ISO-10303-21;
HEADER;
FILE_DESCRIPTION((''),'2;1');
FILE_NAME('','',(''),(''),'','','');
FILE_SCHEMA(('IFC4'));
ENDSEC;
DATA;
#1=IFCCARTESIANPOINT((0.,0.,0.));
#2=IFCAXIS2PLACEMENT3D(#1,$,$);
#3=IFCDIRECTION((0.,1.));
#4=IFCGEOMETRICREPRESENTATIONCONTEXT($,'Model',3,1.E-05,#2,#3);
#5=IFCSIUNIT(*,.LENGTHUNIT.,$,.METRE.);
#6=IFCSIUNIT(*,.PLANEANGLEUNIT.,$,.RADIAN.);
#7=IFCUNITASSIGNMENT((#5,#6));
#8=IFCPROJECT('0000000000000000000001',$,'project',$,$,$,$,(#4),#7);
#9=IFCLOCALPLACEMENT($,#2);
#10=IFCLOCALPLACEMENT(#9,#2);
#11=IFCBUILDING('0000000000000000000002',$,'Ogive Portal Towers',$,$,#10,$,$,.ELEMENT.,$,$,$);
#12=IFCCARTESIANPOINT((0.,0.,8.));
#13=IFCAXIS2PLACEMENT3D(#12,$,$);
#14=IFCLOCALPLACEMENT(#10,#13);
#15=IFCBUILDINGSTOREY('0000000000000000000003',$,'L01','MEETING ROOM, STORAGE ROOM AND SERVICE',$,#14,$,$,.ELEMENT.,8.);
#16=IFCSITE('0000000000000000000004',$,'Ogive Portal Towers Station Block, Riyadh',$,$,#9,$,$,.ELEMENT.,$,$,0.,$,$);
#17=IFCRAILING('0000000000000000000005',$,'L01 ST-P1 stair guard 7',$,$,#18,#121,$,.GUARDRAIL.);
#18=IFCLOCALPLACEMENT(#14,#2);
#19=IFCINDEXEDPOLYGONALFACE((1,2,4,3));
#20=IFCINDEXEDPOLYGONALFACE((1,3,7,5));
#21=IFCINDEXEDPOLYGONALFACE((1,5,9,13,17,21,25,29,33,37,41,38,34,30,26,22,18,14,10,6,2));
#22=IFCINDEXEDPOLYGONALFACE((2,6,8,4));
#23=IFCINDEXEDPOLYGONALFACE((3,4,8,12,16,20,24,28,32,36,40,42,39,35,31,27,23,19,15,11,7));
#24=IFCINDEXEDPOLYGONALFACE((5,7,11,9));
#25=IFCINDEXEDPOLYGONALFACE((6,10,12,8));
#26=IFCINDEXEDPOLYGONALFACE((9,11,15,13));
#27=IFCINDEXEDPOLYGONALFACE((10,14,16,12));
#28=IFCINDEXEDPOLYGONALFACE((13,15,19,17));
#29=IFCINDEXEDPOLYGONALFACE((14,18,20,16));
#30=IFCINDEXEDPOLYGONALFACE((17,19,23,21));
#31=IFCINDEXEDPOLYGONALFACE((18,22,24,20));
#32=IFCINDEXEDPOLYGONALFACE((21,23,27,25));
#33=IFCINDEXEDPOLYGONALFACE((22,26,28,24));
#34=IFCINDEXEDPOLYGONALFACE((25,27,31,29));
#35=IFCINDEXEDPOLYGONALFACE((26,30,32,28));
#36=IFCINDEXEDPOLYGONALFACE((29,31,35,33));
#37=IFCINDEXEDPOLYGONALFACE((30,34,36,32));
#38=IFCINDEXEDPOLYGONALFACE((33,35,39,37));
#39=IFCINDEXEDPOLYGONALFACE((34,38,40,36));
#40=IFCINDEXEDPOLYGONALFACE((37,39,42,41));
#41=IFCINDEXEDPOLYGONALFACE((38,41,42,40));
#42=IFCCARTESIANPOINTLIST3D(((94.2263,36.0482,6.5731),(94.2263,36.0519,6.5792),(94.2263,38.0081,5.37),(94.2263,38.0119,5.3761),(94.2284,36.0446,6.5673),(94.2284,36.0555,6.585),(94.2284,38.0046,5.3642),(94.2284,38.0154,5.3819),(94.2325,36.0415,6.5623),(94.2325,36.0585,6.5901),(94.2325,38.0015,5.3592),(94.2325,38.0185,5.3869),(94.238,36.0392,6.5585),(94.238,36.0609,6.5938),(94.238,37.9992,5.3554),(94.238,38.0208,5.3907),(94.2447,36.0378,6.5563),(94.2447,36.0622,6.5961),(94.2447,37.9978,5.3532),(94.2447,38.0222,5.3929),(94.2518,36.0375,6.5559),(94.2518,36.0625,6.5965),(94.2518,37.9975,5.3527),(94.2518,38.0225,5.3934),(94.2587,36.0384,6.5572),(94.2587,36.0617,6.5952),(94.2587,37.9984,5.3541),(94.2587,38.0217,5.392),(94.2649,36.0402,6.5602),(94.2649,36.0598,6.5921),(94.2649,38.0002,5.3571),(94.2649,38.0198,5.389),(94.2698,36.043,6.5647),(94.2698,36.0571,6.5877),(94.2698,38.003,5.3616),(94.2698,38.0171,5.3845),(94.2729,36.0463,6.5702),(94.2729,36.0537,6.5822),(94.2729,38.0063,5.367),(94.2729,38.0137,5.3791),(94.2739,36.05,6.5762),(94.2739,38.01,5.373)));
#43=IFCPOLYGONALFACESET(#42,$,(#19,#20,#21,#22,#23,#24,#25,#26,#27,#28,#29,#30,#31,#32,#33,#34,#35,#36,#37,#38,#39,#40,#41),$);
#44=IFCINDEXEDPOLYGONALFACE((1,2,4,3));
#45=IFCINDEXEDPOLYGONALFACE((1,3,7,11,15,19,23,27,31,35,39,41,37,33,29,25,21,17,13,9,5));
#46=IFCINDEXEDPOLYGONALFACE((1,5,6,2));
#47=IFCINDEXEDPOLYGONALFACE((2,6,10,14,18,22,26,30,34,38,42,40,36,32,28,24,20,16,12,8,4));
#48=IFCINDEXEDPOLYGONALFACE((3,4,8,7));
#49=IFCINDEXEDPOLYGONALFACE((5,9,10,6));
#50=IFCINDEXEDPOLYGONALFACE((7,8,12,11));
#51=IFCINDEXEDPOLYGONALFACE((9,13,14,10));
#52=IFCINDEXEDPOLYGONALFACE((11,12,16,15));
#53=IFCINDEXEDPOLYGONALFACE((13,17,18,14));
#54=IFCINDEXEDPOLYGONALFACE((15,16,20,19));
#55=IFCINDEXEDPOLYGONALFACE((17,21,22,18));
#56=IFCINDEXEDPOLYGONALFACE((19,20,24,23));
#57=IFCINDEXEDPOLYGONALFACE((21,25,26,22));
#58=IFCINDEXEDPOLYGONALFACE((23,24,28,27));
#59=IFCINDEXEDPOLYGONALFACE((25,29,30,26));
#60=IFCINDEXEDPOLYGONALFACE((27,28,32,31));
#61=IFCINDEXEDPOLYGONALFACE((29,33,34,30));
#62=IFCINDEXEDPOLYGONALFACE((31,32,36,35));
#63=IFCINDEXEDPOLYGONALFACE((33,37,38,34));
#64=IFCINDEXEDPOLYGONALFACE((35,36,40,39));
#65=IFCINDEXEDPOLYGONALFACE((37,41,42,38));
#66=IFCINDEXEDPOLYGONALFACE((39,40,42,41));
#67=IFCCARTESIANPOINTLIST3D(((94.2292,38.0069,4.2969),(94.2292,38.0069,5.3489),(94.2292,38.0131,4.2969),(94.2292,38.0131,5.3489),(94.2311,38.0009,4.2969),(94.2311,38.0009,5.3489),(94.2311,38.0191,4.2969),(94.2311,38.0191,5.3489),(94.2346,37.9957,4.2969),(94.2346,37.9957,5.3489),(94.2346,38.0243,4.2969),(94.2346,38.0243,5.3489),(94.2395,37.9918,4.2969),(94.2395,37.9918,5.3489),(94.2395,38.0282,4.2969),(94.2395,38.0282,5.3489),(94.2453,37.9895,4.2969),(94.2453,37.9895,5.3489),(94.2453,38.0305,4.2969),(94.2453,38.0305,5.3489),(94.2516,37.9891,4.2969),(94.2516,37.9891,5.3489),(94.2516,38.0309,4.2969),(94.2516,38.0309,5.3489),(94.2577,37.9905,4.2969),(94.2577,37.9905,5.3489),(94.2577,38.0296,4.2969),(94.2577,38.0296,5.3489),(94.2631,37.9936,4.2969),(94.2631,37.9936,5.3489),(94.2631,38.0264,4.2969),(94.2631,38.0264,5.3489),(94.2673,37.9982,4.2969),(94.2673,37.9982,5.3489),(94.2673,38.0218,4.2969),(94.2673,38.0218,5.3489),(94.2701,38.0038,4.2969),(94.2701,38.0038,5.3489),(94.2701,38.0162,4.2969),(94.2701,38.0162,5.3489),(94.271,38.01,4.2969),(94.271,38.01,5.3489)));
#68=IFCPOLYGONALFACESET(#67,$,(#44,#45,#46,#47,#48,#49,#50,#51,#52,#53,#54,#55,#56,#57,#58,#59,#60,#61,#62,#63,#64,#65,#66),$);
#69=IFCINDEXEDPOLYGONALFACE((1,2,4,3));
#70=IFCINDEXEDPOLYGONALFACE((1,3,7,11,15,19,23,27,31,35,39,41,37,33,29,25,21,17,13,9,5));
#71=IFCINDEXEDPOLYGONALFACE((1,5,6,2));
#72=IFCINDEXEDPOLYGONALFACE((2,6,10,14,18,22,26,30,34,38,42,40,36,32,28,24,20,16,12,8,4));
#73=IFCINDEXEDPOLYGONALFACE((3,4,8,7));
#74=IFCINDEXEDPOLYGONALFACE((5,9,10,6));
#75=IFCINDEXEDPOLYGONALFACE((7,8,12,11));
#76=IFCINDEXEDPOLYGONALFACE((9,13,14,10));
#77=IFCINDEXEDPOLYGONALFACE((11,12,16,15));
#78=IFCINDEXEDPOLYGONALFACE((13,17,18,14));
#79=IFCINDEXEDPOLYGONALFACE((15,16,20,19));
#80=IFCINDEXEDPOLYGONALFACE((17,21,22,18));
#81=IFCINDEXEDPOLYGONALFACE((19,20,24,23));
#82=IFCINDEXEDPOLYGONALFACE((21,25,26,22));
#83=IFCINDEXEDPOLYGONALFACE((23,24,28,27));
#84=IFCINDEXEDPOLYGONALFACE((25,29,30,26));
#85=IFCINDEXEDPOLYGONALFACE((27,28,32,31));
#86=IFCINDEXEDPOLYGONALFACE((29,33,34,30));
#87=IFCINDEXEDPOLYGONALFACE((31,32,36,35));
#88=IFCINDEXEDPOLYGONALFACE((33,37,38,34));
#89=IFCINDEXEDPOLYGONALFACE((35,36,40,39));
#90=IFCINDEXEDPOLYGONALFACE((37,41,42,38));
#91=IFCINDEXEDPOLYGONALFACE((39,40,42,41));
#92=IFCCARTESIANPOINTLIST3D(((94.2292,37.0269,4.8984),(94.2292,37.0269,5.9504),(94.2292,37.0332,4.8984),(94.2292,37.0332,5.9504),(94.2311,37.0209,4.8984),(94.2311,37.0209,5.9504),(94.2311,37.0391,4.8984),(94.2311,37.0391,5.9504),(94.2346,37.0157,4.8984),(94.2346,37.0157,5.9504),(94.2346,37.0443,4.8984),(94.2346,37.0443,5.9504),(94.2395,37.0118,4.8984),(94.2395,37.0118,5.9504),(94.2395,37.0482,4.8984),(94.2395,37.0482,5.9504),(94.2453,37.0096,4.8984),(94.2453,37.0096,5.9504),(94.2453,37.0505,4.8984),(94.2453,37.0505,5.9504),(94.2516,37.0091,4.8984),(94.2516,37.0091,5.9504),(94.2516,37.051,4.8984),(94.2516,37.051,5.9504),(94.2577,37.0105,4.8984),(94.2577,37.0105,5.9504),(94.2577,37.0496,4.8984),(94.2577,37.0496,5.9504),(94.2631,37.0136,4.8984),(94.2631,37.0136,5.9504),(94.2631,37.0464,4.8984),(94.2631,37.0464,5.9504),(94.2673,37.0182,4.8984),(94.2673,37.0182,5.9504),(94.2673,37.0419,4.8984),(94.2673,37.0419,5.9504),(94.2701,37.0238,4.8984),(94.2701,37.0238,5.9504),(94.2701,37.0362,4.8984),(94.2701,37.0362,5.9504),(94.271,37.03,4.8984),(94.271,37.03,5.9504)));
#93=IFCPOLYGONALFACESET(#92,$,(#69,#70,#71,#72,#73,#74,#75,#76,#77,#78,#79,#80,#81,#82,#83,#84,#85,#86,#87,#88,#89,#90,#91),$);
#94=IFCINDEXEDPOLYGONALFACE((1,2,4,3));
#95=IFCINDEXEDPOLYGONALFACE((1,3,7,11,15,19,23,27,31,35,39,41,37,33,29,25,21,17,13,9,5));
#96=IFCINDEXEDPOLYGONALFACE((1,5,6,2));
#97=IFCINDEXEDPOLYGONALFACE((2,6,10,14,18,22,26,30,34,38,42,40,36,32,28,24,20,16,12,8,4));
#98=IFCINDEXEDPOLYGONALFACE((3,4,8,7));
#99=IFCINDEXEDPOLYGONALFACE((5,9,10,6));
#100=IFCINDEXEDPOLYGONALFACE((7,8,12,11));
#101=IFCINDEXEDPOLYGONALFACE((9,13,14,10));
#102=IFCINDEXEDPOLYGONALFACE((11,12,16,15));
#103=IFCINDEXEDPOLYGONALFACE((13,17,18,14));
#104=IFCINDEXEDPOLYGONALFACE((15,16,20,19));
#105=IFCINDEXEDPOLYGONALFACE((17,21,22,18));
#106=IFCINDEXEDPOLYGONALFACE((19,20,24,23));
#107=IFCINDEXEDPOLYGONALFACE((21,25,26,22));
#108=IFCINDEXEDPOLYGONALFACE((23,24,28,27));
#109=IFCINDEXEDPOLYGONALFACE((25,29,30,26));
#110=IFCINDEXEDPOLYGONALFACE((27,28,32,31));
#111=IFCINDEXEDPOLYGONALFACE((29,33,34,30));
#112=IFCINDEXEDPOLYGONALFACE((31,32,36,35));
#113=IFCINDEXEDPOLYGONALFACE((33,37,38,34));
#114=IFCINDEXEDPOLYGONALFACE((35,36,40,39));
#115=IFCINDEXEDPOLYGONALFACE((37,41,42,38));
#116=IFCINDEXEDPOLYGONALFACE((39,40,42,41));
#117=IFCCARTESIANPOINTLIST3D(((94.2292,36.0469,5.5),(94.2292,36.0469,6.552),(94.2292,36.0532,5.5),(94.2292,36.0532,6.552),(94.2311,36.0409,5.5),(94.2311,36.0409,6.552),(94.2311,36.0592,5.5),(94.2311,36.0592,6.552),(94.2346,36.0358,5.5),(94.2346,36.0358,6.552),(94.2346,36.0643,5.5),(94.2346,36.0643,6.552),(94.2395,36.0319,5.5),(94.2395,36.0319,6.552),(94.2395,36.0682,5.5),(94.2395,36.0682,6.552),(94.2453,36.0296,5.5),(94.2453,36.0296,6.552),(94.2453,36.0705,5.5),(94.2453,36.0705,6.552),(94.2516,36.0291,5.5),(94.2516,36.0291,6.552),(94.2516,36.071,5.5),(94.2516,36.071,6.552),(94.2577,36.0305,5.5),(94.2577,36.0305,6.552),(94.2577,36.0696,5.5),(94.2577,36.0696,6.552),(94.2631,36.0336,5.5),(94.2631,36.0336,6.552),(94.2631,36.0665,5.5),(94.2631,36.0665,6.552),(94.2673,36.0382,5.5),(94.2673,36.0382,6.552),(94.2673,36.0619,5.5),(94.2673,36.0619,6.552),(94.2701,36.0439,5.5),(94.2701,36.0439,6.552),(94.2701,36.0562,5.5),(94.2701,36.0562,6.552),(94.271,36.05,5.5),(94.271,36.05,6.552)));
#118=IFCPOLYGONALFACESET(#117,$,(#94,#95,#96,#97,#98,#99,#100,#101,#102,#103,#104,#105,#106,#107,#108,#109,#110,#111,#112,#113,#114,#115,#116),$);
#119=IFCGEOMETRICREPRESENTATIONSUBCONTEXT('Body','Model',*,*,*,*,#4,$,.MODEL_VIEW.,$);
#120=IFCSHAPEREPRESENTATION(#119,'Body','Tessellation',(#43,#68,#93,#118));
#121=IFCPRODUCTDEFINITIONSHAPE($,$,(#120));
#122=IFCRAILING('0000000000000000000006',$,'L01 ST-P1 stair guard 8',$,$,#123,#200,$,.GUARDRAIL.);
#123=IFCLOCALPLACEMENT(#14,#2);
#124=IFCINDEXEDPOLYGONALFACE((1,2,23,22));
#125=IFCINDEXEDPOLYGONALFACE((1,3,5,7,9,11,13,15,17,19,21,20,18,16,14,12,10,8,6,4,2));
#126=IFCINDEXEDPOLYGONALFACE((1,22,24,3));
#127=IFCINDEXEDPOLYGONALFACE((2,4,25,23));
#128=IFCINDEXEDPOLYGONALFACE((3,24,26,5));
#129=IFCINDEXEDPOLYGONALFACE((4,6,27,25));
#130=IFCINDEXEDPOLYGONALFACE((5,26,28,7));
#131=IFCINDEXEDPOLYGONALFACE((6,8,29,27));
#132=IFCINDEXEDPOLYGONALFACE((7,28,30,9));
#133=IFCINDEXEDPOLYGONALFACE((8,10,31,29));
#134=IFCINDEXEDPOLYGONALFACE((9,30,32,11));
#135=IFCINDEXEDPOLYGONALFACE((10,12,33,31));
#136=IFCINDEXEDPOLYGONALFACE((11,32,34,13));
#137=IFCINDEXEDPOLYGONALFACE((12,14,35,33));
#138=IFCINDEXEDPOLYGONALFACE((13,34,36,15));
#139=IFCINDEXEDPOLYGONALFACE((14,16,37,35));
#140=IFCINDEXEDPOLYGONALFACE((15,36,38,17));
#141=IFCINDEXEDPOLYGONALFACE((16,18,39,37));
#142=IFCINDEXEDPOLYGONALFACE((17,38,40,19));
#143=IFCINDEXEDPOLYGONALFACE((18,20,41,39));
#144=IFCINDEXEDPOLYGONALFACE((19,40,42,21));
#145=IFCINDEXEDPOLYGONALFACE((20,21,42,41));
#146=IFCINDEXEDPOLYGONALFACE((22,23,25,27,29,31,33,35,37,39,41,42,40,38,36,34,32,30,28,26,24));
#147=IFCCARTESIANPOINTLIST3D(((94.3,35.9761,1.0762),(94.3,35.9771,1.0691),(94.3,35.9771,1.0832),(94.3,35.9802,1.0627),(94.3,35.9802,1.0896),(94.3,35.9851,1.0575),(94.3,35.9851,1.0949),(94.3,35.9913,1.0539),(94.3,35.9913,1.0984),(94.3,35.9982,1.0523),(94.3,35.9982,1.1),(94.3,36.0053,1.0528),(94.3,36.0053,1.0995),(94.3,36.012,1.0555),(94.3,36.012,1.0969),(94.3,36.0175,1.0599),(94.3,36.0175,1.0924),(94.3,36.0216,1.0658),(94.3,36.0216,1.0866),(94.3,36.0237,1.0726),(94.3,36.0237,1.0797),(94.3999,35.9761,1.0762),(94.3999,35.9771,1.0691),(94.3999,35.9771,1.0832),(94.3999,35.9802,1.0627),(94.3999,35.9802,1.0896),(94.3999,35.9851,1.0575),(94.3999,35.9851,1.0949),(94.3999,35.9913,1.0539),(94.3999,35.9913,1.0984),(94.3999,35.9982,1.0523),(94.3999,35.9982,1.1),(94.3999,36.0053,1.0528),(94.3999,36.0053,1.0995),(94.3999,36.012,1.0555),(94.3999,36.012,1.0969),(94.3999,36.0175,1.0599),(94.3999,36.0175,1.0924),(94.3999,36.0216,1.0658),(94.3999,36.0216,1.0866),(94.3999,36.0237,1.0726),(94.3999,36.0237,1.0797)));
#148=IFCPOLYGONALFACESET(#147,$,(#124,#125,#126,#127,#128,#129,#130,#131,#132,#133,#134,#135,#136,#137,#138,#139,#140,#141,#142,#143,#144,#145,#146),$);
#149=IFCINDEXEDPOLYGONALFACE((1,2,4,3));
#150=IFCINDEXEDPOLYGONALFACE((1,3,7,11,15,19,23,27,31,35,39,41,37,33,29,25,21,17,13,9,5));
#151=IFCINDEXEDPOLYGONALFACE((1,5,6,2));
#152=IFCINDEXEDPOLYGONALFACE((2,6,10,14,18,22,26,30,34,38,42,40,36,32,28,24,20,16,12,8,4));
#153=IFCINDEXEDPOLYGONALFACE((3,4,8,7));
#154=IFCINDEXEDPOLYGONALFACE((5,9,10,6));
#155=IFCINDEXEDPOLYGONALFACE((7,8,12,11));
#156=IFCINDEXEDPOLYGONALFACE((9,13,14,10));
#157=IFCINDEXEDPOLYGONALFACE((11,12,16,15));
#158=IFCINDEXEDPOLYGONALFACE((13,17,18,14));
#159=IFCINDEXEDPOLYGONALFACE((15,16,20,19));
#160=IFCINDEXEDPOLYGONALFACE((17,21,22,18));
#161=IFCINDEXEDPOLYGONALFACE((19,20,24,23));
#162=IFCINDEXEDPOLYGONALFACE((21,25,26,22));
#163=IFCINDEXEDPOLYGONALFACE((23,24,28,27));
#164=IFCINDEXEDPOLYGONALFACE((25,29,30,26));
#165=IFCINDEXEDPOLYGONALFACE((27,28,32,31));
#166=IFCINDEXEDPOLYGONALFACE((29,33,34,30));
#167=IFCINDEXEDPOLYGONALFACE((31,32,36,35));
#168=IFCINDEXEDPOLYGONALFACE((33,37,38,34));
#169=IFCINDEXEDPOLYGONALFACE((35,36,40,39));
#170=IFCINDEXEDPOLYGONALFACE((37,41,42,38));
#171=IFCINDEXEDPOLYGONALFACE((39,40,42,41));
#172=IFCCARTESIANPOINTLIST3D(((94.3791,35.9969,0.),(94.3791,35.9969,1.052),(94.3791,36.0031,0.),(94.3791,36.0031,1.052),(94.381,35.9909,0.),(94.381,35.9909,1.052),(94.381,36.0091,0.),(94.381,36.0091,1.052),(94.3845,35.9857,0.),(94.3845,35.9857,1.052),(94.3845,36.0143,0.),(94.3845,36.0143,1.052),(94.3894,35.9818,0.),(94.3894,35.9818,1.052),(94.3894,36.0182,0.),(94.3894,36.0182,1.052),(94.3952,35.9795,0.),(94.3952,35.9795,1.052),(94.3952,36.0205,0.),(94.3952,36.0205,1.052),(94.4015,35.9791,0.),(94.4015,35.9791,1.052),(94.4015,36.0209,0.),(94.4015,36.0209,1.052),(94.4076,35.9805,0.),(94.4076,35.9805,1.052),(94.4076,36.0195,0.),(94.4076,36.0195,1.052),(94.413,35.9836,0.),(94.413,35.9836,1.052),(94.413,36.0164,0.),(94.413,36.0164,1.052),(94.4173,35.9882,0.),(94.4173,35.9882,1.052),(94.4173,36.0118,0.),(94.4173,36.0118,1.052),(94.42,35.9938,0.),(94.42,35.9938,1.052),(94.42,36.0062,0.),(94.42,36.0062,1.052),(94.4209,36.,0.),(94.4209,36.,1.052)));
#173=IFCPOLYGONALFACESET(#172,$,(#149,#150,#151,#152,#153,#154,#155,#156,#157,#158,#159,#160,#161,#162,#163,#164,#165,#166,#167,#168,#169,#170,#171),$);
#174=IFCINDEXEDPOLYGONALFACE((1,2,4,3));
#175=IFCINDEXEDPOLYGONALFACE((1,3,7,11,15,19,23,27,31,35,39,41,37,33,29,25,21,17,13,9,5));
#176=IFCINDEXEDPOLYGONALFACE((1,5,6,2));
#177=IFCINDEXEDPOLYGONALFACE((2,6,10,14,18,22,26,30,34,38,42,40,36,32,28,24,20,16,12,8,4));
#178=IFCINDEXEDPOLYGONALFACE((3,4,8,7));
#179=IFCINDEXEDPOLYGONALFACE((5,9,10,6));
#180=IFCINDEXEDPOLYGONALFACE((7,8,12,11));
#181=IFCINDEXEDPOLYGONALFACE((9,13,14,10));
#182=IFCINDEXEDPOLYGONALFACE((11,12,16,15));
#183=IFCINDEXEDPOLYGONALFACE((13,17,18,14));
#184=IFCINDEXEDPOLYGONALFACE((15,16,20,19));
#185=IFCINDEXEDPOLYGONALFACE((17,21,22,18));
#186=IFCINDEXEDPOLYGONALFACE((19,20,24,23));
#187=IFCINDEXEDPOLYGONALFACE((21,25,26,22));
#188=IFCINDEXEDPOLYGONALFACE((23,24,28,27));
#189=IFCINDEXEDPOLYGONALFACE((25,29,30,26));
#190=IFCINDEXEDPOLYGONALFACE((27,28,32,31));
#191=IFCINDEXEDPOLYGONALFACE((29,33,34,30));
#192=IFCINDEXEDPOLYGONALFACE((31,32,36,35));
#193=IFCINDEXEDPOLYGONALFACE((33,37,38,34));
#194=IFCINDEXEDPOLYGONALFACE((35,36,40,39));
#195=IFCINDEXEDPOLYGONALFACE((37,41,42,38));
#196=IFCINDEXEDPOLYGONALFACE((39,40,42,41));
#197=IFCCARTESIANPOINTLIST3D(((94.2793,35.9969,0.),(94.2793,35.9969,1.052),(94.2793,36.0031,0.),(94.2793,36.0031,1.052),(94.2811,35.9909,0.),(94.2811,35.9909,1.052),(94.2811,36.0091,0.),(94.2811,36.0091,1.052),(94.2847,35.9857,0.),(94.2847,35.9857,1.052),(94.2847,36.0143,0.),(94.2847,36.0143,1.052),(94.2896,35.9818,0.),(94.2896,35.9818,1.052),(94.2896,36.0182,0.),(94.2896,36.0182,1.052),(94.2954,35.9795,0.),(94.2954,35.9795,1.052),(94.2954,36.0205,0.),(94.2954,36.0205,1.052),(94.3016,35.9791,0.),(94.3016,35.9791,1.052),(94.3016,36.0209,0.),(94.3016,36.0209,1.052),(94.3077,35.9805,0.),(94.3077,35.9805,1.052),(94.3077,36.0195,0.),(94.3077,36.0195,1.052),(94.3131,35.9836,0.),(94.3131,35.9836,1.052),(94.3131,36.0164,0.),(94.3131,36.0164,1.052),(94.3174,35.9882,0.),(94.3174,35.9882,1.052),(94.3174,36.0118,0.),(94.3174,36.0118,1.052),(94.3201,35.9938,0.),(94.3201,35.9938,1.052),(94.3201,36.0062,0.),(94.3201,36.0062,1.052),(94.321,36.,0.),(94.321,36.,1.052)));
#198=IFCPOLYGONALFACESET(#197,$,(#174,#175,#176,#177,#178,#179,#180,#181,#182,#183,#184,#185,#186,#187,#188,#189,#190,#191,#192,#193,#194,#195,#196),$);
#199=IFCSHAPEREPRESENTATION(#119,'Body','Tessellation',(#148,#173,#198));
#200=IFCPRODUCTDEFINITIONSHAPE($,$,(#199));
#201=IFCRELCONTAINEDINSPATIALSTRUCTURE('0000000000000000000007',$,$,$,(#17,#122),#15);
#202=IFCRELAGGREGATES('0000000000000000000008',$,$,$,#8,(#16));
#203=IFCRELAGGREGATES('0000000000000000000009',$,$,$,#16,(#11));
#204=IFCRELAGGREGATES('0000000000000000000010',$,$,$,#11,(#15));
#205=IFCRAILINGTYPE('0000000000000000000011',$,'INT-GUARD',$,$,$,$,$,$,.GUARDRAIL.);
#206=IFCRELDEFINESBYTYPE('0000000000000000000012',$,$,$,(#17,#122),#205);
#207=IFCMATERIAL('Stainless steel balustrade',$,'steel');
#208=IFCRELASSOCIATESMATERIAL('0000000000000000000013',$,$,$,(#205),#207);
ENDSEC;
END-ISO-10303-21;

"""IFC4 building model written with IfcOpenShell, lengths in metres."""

from ifc_helpers import new_model, si_unit, direction, frame, origin, origin_2d, place, context, subcontext, project, spatial, circle, extrude, material, type_object, element, save


model = new_model("IFC4")

# Units and contexts
model_context = context("Model", 3, precision=1e-05, world=origin(), true_north=direction((0.0, 1.0)))
body_context = subcontext(model_context, "Body", "Model", "MODEL_VIEW")
ifc_project = project(units=[si_unit("LENGTHUNIT", "METRE"), si_unit("PLANEANGLEUNIT", "RADIAN")], contexts=[model_context])

# Site, building, storey
site_placement = place(None, origin())
site = spatial("IfcSite", under=ifc_project, at=site_placement, Name="Ogive Portal Towers Station Block, Riyadh", CompositionType="ELEMENT", RefElevation=0.0)
building_placement = place(site_placement, origin())
building = spatial("IfcBuilding", under=site, at=building_placement, Name="Ogive Portal Towers", CompositionType="ELEMENT")
storey_placement = place(building_placement, frame((0.0, 0.0, 8.0)))
storey = spatial("IfcBuildingStorey", under=building, at=storey_placement, Name="L01", Description="MEETING ROOM, STORAGE ROOM AND SERVICE", CompositionType="ELEMENT", Elevation=8.0)

# Railings
ifc_material_1 = material(Name="Stainless steel balustrade", Category="steel")
railing_type_1 = type_object("IfcRailingType", Name="INT-GUARD", PredefinedType="GUARDRAIL", material=ifc_material_1)
railing_1_placement = place(storey_placement, frame((94.25, 38.01, 4.2969)))
element("IfcRailing", 1, at=railing_1_placement, inside=storey, type_object=railing_type_1, Name="L01 ST-P1 stair guard 7", PredefinedType="GUARDRAIL", context=body_context, shape_type="SweptSolid", body=[
    extrude(circle(Radius=0.0239, at=origin_2d()), frame((0.0, 0.0, 1.0762), z_axis=(0.0, -0.852241, 0.523149), x_axis=(1.0, 0.0, 0.0)), (0.0, 0.0, 1.0), 2.2998),
    extrude(circle(Radius=0.021, at=origin_2d()), origin(), (0.0, 0.0, 1.0), 1.052),
    extrude(circle(Radius=0.021, at=origin_2d()), frame((0.0, -0.98, 0.6016)), (0.0, 0.0, 1.0), 1.052),
    extrude(circle(Radius=0.021, at=origin_2d()), frame((0.0, -1.96, 1.2031)), (0.0, 0.0, 1.0), 1.052),
])
railing_2_placement = place(storey_placement, frame((94.3999, 36.0, 0.0)))
element("IfcRailing", 2, at=railing_2_placement, inside=storey, type_object=railing_type_1, Name="L01 ST-P1 stair guard 8", PredefinedType="GUARDRAIL", context=body_context, shape_type="SweptSolid", body=[
    extrude(circle(Radius=0.0239, at=origin_2d()), frame((0.0, 0.0, 1.0762), z_axis=(-1.0, 0.0, 0.0), x_axis=(0.0, -1.0, 0.0)), (0.0, 0.0, 1.0), 0.0999),
    extrude(circle(Radius=0.021, at=origin_2d()), origin(), (0.0, 0.0, 1.0), 1.052),
    extrude(circle(Radius=0.021, at=origin_2d()), frame((-0.0999, 0.0, 0.0)), (0.0, 0.0, 1.0), 1.052),
])

save(model, "model.ifc")
